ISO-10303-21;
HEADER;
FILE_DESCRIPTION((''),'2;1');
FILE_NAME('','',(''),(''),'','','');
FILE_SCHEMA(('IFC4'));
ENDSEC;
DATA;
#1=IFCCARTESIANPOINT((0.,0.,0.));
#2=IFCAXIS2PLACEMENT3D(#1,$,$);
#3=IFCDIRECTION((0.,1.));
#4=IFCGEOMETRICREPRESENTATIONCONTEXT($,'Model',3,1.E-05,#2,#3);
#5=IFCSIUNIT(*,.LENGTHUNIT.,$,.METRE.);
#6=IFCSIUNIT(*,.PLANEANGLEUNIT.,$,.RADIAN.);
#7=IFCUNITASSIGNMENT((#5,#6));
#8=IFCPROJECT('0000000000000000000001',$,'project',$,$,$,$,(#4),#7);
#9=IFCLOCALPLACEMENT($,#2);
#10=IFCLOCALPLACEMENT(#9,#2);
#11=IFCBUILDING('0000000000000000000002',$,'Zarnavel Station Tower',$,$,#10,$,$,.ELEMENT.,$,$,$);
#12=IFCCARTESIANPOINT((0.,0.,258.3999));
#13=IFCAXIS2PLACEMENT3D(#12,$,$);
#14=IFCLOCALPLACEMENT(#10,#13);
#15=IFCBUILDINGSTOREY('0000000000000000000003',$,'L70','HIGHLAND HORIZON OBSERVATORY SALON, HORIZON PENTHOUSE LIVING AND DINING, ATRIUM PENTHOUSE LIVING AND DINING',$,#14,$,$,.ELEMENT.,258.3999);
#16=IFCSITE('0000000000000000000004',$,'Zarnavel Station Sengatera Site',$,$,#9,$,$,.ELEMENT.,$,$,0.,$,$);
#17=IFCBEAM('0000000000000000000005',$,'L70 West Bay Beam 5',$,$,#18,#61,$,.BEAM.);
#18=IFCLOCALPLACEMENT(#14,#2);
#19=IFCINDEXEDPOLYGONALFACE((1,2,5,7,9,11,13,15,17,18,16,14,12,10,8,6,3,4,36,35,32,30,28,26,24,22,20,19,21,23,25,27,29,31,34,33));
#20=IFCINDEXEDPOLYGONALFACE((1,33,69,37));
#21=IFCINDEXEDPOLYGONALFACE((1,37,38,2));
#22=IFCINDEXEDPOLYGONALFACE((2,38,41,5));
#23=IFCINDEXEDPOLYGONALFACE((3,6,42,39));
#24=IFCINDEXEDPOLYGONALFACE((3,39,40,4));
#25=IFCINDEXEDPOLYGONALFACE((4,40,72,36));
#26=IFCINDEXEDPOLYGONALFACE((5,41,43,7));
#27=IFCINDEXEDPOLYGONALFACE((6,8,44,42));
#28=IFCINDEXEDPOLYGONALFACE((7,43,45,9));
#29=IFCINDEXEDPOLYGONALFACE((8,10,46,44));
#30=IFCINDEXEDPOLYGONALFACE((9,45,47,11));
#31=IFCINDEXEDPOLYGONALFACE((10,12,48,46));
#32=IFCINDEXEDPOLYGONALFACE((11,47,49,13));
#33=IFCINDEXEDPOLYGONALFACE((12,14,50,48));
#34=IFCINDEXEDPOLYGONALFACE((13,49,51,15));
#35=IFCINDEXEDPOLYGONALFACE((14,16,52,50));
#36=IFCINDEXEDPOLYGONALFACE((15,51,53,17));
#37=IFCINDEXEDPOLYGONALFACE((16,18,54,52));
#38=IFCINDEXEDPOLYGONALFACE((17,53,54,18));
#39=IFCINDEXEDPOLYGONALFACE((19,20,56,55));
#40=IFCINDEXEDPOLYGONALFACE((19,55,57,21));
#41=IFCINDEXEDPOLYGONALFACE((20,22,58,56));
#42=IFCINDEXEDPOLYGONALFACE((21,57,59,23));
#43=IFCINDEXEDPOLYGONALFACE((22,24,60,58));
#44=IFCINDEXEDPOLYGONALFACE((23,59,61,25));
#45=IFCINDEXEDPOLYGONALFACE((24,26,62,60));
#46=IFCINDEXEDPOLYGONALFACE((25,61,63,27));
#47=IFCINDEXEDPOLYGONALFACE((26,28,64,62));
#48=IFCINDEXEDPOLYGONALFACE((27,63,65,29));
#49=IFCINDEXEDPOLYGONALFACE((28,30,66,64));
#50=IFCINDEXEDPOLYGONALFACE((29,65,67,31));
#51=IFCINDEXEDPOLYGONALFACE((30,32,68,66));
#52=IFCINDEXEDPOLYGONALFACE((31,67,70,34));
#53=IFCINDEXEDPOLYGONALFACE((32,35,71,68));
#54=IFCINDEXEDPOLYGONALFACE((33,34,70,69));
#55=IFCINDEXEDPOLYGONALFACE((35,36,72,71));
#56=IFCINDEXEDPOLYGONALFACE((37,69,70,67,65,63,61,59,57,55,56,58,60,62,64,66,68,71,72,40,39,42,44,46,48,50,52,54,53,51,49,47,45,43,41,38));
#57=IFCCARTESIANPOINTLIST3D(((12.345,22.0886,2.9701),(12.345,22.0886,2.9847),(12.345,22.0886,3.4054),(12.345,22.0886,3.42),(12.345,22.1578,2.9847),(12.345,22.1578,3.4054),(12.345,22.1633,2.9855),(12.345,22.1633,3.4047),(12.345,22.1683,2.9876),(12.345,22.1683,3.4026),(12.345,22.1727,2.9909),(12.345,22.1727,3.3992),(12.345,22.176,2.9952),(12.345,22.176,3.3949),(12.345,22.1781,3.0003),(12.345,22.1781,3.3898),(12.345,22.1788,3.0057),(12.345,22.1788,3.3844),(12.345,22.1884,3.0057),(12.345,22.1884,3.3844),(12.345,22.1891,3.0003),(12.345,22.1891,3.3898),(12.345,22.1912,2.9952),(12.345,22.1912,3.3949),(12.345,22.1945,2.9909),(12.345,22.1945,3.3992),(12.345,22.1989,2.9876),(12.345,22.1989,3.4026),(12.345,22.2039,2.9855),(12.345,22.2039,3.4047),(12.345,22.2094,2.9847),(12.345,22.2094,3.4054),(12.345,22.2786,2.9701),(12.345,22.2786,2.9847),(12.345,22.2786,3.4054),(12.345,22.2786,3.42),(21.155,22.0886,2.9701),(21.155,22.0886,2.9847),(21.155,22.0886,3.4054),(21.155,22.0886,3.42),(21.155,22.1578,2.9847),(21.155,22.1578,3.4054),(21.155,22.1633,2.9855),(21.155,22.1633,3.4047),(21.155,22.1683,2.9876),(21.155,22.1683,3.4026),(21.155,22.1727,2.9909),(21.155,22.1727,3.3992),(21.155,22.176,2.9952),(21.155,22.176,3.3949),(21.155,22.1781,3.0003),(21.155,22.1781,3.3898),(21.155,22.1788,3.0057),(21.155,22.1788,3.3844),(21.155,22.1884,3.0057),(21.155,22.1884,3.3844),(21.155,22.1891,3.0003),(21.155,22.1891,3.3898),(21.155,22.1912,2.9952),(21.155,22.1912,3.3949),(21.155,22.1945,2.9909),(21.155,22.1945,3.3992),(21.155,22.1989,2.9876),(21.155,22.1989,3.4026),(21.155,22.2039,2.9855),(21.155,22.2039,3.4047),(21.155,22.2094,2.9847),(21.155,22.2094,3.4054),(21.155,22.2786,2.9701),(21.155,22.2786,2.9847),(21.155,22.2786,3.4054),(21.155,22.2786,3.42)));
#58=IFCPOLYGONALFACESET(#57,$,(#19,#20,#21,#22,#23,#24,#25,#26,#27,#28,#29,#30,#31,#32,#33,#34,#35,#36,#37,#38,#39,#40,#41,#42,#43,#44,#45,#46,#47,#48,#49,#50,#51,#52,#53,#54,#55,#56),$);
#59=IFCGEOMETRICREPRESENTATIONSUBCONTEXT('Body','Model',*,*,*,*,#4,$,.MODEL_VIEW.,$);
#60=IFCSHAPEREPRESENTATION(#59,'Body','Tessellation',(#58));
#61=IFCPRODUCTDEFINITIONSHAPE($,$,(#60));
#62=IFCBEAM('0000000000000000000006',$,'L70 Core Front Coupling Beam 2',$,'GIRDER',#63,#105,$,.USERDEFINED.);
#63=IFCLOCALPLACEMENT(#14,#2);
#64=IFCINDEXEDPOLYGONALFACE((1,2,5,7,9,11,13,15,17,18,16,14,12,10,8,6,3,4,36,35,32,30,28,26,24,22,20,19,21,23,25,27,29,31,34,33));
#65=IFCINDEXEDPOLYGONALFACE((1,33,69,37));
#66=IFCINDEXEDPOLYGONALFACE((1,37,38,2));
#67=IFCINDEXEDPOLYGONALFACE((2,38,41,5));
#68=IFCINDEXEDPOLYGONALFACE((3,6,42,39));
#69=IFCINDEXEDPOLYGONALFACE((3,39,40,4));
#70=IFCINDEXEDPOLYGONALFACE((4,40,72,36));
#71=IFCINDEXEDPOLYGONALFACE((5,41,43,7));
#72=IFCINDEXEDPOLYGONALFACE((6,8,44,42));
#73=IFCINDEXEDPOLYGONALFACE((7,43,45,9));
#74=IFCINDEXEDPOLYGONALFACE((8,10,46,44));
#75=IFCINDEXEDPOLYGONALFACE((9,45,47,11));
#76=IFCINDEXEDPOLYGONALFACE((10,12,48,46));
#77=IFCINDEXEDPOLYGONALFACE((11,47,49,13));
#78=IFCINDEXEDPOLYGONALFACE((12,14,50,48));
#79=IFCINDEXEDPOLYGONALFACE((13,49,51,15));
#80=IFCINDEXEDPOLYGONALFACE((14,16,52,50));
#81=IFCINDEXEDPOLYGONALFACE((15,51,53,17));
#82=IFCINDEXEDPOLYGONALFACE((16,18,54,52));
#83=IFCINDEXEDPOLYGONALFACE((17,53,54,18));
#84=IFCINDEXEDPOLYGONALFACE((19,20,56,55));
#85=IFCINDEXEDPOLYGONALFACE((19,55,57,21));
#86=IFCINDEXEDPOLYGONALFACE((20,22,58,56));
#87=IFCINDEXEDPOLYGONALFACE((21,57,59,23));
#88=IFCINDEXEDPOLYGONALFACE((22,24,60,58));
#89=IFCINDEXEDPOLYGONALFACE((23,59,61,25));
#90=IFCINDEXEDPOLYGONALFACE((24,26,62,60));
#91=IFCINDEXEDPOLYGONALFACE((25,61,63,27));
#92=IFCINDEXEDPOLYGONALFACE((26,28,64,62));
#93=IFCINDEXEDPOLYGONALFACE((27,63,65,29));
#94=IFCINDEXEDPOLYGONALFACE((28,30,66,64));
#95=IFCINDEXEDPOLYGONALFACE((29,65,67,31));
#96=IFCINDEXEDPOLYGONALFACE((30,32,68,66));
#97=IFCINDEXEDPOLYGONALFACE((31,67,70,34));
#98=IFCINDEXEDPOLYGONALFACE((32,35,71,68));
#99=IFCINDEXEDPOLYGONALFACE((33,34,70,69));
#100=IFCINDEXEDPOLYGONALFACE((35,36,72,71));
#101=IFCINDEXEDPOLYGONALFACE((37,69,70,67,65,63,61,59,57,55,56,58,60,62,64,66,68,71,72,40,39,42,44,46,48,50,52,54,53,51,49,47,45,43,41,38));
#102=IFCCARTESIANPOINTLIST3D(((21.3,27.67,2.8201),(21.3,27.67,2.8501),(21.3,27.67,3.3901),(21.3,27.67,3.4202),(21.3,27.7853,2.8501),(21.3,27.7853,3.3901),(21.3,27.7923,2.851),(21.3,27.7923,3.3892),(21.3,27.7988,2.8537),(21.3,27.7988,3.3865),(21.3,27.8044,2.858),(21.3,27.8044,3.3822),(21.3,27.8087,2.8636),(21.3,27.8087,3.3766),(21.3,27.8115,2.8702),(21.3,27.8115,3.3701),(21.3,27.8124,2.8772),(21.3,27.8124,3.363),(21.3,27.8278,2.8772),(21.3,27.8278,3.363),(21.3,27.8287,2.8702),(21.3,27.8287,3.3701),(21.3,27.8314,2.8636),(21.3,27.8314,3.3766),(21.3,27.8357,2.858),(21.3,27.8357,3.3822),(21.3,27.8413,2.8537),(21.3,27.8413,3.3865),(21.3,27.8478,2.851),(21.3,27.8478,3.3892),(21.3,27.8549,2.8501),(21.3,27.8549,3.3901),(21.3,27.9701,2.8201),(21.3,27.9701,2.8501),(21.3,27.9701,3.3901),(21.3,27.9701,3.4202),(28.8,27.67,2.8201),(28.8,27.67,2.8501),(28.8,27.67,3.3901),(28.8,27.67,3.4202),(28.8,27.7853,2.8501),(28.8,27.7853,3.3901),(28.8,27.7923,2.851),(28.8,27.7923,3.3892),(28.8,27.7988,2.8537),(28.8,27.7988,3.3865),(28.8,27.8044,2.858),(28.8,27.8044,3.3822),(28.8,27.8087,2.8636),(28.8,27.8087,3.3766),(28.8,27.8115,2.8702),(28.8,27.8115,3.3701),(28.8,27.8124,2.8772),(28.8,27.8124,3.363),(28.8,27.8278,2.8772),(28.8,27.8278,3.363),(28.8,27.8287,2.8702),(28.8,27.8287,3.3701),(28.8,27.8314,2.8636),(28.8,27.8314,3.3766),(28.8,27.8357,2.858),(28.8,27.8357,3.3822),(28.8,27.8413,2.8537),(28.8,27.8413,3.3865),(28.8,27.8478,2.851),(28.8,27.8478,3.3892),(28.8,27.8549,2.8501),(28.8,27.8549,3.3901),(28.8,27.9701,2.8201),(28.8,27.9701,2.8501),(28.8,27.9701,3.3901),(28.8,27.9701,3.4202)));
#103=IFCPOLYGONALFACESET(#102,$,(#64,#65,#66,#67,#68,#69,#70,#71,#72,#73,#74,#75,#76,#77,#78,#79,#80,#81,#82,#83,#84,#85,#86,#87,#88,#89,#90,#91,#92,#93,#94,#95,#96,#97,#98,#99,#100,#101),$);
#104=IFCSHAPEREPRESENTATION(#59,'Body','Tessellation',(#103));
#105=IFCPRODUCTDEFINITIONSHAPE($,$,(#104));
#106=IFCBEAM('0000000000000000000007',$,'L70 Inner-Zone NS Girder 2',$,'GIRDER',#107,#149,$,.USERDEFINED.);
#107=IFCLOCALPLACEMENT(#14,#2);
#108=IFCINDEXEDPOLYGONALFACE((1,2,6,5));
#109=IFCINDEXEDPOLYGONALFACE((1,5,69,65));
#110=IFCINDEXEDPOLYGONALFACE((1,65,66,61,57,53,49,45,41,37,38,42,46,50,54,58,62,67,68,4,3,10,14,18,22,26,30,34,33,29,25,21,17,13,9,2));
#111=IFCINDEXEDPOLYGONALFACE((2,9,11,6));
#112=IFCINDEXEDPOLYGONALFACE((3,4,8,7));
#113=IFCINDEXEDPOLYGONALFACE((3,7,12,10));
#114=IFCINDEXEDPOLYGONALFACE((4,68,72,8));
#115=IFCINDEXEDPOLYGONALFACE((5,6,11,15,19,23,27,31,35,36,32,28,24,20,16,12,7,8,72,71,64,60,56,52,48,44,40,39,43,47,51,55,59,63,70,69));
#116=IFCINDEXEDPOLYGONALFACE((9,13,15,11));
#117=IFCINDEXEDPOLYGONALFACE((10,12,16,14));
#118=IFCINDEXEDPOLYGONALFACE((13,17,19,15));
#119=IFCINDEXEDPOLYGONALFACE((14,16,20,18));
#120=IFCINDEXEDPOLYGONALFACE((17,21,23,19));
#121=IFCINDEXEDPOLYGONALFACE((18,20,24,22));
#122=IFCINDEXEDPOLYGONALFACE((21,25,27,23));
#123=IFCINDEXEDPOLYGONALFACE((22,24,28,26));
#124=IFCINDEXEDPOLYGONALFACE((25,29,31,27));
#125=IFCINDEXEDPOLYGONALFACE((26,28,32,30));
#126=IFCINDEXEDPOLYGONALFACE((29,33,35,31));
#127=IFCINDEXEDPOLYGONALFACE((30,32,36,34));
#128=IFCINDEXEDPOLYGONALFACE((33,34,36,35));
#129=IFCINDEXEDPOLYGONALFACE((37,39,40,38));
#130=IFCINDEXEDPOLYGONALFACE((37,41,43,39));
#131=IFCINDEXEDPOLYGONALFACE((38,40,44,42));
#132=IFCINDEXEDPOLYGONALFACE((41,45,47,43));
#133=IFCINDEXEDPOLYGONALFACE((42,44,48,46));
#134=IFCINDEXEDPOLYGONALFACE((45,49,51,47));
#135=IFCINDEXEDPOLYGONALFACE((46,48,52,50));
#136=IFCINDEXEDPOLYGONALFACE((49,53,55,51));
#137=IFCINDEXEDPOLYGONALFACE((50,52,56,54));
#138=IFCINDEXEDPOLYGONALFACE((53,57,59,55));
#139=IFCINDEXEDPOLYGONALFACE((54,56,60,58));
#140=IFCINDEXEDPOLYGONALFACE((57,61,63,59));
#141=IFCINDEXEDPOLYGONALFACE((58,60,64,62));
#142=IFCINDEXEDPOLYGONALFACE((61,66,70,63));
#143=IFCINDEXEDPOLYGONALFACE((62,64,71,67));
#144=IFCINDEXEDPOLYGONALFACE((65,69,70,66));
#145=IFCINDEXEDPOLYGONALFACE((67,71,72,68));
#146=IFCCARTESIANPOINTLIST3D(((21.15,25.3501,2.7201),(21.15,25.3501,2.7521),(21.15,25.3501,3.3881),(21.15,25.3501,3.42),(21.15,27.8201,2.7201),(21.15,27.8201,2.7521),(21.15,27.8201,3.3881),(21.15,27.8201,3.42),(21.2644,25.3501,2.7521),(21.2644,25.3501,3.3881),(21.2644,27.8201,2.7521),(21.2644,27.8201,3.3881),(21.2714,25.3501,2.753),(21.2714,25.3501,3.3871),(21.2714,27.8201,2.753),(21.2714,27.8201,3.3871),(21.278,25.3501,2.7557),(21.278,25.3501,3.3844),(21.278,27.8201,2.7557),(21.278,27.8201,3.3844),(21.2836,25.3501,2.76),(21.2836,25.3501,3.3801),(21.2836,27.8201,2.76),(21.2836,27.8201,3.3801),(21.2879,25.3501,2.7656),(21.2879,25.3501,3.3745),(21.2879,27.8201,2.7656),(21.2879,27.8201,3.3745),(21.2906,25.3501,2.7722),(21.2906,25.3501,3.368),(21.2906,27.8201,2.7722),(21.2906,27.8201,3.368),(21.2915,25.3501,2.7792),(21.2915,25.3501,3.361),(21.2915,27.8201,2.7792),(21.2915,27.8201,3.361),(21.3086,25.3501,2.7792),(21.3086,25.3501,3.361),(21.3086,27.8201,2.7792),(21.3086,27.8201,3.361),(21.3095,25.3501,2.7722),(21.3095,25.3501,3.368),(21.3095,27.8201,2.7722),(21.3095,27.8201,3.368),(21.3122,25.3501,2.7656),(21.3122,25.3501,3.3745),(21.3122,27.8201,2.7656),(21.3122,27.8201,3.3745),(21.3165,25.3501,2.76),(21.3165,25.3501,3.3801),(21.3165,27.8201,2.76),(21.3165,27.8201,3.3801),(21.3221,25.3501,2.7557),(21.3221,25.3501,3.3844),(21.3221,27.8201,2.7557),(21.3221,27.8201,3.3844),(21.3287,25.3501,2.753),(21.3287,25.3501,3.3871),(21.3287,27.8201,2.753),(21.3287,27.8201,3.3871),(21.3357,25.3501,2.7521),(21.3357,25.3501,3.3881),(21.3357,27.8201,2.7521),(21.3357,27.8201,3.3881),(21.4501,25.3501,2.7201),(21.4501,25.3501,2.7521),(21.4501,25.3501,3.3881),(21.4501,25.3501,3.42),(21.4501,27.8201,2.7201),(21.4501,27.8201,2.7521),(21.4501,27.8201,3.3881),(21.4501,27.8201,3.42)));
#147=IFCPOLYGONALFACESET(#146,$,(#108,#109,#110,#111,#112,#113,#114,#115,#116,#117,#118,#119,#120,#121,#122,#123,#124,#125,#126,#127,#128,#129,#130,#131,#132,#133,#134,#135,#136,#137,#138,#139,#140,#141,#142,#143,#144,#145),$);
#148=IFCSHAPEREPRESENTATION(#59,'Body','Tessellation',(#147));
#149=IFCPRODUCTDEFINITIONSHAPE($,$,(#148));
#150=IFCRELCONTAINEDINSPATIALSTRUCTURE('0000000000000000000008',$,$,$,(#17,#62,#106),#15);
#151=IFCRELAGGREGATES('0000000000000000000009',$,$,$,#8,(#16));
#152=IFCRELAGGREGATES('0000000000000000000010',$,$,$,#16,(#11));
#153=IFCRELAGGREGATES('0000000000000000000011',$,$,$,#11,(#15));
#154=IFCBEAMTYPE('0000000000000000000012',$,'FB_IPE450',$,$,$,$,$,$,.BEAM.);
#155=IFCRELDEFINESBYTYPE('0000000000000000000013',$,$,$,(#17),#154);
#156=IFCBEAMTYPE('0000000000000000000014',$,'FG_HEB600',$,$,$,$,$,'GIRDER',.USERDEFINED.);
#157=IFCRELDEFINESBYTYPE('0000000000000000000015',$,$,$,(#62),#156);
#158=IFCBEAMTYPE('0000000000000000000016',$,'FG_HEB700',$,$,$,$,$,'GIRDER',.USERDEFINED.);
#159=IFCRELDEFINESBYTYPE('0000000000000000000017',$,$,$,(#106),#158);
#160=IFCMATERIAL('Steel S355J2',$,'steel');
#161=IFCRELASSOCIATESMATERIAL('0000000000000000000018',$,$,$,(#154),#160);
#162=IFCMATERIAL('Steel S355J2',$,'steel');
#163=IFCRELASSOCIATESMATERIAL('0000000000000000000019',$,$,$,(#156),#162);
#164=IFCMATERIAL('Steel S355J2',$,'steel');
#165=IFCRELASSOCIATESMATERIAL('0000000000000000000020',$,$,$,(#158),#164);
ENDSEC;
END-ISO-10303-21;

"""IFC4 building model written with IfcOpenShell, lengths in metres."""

from ifc_helpers import new_model, si_unit, direction, frame, origin, origin_2d, place, context, subcontext, project, spatial, i_section, extrude, material, material_profile, profile_set, type_object, element, save


model = new_model("IFC4")

# Units and contexts
model_context = context("Model", 3, precision=1e-05, world=origin(), true_north=direction((0.0, 1.0)))
body_context = subcontext(model_context, "Body", "Model", "MODEL_VIEW")
ifc_project = project(units=[si_unit("LENGTHUNIT", "METRE"), si_unit("PLANEANGLEUNIT", "RADIAN")], contexts=[model_context])

# Site, building, storey
site_placement = place(None, origin())
site = spatial("IfcSite", under=ifc_project, at=site_placement, Name="Zarnavel Station Sengatera Site", CompositionType="ELEMENT", RefElevation=0.0)
building_placement = place(site_placement, origin())
building = spatial("IfcBuilding", under=site, at=building_placement, Name="Zarnavel Station Tower", CompositionType="ELEMENT")
storey_placement = place(building_placement, frame((0.0, 0.0, 258.3999)))
storey = spatial("IfcBuildingStorey", under=building, at=storey_placement, Name="L70", Description="HIGHLAND HORIZON OBSERVATORY SALON, HORIZON PENTHOUSE LIVING AND DINING, ATRIUM PENTHOUSE LIVING AND DINING", CompositionType="ELEMENT", Elevation=258.3999)

# Beams
ifc_material_1 = material(Name="Steel S355J2", Category="steel")
ifc_material_profile_1 = material_profile(ifc_material_1, i_section(OverallWidth=0.1899, OverallDepth=0.45, WebThickness=0.0095, FlangeThickness=0.0146, FilletRadius=0.021, at=origin_2d()), Name="IPE450")
ifc_profile_set_1 = profile_set([ifc_material_profile_1], Name="Steel S355J2")
beam_type_1 = type_object("IfcBeamType", Name="FB_IPE450", PredefinedType="BEAM", material=ifc_profile_set_1)
for number, where, z_axis, x_axis, name in (
    (1, (12.345, 22.1836, 3.1951), (1.0, 0.0, 0.0), (0.0, 1.0, 0.0), "L70 West Bay Beam 5"),
):
    element("IfcBeam", number, at=place(storey_placement, frame(where, z_axis=z_axis, x_axis=x_axis)), inside=storey, type_object=beam_type_1, Name=name, PredefinedType="BEAM", context=body_context, shape_type="SweptSolid", body=[
        extrude(i_section(OverallWidth=0.1899, OverallDepth=0.45, WebThickness=0.0095, FlangeThickness=0.0146, FilletRadius=0.021, at=origin_2d()), origin(), (0.0, 0.0, 1.0), 8.8101),
    ])
ifc_material_2 = material(Name="Steel S355J2", Category="steel")
ifc_material_profile_2 = material_profile(ifc_material_2, i_section(OverallWidth=0.3, OverallDepth=0.6001, WebThickness=0.0154, FlangeThickness=0.03, FilletRadius=0.0271, at=origin_2d()), Name="HEB600")
ifc_profile_set_2 = profile_set([ifc_material_profile_2], Name="Steel S355J2")
beam_type_2 = type_object("IfcBeamType", Name="FG_HEB600", ElementType="GIRDER", PredefinedType="USERDEFINED", material=ifc_profile_set_2)
beam_1_placement = place(storey_placement, frame((21.3, 27.8201, 3.1201), z_axis=(1.0, 0.0, 0.0), x_axis=(0.0, 1.0, 0.0)))
element("IfcBeam", 2, at=beam_1_placement, inside=storey, type_object=beam_type_2, Name="L70 Core Front Coupling Beam 2", ObjectType="GIRDER", PredefinedType="USERDEFINED", context=body_context, shape_type="SweptSolid", body=[
    extrude(i_section(OverallWidth=0.3, OverallDepth=0.6001, WebThickness=0.0154, FlangeThickness=0.03, FilletRadius=0.0271, at=origin_2d()), origin(), (0.0, 0.0, 1.0), 7.5),
])
ifc_material_3 = material(Name="Steel S355J2", Category="steel")
ifc_material_profile_3 = material_profile(ifc_material_3, i_section(OverallWidth=0.3, OverallDepth=0.7, WebThickness=0.0171, FlangeThickness=0.032, FilletRadius=0.0271, at=origin_2d()), Name="HEB700")
ifc_profile_set_3 = profile_set([ifc_material_profile_3], Name="Steel S355J2")
beam_type_3 = type_object("IfcBeamType", Name="FG_HEB700", ElementType="GIRDER", PredefinedType="USERDEFINED", material=ifc_profile_set_3)
beam_2_placement = place(storey_placement, frame((21.3, 25.3501, 3.0701), z_axis=(0.0, 1.0, 0.0), x_axis=(-1.0, 0.0, 0.0)))
element("IfcBeam", 3, at=beam_2_placement, inside=storey, type_object=beam_type_3, Name="L70 Inner-Zone NS Girder 2", ObjectType="GIRDER", PredefinedType="USERDEFINED", context=body_context, shape_type="SweptSolid", body=[
    extrude(i_section(OverallWidth=0.3, OverallDepth=0.7, WebThickness=0.0171, FlangeThickness=0.032, FilletRadius=0.0271, at=origin_2d()), origin(), (0.0, 0.0, 1.0), 2.47),
])

save(model, "model.ifc")
